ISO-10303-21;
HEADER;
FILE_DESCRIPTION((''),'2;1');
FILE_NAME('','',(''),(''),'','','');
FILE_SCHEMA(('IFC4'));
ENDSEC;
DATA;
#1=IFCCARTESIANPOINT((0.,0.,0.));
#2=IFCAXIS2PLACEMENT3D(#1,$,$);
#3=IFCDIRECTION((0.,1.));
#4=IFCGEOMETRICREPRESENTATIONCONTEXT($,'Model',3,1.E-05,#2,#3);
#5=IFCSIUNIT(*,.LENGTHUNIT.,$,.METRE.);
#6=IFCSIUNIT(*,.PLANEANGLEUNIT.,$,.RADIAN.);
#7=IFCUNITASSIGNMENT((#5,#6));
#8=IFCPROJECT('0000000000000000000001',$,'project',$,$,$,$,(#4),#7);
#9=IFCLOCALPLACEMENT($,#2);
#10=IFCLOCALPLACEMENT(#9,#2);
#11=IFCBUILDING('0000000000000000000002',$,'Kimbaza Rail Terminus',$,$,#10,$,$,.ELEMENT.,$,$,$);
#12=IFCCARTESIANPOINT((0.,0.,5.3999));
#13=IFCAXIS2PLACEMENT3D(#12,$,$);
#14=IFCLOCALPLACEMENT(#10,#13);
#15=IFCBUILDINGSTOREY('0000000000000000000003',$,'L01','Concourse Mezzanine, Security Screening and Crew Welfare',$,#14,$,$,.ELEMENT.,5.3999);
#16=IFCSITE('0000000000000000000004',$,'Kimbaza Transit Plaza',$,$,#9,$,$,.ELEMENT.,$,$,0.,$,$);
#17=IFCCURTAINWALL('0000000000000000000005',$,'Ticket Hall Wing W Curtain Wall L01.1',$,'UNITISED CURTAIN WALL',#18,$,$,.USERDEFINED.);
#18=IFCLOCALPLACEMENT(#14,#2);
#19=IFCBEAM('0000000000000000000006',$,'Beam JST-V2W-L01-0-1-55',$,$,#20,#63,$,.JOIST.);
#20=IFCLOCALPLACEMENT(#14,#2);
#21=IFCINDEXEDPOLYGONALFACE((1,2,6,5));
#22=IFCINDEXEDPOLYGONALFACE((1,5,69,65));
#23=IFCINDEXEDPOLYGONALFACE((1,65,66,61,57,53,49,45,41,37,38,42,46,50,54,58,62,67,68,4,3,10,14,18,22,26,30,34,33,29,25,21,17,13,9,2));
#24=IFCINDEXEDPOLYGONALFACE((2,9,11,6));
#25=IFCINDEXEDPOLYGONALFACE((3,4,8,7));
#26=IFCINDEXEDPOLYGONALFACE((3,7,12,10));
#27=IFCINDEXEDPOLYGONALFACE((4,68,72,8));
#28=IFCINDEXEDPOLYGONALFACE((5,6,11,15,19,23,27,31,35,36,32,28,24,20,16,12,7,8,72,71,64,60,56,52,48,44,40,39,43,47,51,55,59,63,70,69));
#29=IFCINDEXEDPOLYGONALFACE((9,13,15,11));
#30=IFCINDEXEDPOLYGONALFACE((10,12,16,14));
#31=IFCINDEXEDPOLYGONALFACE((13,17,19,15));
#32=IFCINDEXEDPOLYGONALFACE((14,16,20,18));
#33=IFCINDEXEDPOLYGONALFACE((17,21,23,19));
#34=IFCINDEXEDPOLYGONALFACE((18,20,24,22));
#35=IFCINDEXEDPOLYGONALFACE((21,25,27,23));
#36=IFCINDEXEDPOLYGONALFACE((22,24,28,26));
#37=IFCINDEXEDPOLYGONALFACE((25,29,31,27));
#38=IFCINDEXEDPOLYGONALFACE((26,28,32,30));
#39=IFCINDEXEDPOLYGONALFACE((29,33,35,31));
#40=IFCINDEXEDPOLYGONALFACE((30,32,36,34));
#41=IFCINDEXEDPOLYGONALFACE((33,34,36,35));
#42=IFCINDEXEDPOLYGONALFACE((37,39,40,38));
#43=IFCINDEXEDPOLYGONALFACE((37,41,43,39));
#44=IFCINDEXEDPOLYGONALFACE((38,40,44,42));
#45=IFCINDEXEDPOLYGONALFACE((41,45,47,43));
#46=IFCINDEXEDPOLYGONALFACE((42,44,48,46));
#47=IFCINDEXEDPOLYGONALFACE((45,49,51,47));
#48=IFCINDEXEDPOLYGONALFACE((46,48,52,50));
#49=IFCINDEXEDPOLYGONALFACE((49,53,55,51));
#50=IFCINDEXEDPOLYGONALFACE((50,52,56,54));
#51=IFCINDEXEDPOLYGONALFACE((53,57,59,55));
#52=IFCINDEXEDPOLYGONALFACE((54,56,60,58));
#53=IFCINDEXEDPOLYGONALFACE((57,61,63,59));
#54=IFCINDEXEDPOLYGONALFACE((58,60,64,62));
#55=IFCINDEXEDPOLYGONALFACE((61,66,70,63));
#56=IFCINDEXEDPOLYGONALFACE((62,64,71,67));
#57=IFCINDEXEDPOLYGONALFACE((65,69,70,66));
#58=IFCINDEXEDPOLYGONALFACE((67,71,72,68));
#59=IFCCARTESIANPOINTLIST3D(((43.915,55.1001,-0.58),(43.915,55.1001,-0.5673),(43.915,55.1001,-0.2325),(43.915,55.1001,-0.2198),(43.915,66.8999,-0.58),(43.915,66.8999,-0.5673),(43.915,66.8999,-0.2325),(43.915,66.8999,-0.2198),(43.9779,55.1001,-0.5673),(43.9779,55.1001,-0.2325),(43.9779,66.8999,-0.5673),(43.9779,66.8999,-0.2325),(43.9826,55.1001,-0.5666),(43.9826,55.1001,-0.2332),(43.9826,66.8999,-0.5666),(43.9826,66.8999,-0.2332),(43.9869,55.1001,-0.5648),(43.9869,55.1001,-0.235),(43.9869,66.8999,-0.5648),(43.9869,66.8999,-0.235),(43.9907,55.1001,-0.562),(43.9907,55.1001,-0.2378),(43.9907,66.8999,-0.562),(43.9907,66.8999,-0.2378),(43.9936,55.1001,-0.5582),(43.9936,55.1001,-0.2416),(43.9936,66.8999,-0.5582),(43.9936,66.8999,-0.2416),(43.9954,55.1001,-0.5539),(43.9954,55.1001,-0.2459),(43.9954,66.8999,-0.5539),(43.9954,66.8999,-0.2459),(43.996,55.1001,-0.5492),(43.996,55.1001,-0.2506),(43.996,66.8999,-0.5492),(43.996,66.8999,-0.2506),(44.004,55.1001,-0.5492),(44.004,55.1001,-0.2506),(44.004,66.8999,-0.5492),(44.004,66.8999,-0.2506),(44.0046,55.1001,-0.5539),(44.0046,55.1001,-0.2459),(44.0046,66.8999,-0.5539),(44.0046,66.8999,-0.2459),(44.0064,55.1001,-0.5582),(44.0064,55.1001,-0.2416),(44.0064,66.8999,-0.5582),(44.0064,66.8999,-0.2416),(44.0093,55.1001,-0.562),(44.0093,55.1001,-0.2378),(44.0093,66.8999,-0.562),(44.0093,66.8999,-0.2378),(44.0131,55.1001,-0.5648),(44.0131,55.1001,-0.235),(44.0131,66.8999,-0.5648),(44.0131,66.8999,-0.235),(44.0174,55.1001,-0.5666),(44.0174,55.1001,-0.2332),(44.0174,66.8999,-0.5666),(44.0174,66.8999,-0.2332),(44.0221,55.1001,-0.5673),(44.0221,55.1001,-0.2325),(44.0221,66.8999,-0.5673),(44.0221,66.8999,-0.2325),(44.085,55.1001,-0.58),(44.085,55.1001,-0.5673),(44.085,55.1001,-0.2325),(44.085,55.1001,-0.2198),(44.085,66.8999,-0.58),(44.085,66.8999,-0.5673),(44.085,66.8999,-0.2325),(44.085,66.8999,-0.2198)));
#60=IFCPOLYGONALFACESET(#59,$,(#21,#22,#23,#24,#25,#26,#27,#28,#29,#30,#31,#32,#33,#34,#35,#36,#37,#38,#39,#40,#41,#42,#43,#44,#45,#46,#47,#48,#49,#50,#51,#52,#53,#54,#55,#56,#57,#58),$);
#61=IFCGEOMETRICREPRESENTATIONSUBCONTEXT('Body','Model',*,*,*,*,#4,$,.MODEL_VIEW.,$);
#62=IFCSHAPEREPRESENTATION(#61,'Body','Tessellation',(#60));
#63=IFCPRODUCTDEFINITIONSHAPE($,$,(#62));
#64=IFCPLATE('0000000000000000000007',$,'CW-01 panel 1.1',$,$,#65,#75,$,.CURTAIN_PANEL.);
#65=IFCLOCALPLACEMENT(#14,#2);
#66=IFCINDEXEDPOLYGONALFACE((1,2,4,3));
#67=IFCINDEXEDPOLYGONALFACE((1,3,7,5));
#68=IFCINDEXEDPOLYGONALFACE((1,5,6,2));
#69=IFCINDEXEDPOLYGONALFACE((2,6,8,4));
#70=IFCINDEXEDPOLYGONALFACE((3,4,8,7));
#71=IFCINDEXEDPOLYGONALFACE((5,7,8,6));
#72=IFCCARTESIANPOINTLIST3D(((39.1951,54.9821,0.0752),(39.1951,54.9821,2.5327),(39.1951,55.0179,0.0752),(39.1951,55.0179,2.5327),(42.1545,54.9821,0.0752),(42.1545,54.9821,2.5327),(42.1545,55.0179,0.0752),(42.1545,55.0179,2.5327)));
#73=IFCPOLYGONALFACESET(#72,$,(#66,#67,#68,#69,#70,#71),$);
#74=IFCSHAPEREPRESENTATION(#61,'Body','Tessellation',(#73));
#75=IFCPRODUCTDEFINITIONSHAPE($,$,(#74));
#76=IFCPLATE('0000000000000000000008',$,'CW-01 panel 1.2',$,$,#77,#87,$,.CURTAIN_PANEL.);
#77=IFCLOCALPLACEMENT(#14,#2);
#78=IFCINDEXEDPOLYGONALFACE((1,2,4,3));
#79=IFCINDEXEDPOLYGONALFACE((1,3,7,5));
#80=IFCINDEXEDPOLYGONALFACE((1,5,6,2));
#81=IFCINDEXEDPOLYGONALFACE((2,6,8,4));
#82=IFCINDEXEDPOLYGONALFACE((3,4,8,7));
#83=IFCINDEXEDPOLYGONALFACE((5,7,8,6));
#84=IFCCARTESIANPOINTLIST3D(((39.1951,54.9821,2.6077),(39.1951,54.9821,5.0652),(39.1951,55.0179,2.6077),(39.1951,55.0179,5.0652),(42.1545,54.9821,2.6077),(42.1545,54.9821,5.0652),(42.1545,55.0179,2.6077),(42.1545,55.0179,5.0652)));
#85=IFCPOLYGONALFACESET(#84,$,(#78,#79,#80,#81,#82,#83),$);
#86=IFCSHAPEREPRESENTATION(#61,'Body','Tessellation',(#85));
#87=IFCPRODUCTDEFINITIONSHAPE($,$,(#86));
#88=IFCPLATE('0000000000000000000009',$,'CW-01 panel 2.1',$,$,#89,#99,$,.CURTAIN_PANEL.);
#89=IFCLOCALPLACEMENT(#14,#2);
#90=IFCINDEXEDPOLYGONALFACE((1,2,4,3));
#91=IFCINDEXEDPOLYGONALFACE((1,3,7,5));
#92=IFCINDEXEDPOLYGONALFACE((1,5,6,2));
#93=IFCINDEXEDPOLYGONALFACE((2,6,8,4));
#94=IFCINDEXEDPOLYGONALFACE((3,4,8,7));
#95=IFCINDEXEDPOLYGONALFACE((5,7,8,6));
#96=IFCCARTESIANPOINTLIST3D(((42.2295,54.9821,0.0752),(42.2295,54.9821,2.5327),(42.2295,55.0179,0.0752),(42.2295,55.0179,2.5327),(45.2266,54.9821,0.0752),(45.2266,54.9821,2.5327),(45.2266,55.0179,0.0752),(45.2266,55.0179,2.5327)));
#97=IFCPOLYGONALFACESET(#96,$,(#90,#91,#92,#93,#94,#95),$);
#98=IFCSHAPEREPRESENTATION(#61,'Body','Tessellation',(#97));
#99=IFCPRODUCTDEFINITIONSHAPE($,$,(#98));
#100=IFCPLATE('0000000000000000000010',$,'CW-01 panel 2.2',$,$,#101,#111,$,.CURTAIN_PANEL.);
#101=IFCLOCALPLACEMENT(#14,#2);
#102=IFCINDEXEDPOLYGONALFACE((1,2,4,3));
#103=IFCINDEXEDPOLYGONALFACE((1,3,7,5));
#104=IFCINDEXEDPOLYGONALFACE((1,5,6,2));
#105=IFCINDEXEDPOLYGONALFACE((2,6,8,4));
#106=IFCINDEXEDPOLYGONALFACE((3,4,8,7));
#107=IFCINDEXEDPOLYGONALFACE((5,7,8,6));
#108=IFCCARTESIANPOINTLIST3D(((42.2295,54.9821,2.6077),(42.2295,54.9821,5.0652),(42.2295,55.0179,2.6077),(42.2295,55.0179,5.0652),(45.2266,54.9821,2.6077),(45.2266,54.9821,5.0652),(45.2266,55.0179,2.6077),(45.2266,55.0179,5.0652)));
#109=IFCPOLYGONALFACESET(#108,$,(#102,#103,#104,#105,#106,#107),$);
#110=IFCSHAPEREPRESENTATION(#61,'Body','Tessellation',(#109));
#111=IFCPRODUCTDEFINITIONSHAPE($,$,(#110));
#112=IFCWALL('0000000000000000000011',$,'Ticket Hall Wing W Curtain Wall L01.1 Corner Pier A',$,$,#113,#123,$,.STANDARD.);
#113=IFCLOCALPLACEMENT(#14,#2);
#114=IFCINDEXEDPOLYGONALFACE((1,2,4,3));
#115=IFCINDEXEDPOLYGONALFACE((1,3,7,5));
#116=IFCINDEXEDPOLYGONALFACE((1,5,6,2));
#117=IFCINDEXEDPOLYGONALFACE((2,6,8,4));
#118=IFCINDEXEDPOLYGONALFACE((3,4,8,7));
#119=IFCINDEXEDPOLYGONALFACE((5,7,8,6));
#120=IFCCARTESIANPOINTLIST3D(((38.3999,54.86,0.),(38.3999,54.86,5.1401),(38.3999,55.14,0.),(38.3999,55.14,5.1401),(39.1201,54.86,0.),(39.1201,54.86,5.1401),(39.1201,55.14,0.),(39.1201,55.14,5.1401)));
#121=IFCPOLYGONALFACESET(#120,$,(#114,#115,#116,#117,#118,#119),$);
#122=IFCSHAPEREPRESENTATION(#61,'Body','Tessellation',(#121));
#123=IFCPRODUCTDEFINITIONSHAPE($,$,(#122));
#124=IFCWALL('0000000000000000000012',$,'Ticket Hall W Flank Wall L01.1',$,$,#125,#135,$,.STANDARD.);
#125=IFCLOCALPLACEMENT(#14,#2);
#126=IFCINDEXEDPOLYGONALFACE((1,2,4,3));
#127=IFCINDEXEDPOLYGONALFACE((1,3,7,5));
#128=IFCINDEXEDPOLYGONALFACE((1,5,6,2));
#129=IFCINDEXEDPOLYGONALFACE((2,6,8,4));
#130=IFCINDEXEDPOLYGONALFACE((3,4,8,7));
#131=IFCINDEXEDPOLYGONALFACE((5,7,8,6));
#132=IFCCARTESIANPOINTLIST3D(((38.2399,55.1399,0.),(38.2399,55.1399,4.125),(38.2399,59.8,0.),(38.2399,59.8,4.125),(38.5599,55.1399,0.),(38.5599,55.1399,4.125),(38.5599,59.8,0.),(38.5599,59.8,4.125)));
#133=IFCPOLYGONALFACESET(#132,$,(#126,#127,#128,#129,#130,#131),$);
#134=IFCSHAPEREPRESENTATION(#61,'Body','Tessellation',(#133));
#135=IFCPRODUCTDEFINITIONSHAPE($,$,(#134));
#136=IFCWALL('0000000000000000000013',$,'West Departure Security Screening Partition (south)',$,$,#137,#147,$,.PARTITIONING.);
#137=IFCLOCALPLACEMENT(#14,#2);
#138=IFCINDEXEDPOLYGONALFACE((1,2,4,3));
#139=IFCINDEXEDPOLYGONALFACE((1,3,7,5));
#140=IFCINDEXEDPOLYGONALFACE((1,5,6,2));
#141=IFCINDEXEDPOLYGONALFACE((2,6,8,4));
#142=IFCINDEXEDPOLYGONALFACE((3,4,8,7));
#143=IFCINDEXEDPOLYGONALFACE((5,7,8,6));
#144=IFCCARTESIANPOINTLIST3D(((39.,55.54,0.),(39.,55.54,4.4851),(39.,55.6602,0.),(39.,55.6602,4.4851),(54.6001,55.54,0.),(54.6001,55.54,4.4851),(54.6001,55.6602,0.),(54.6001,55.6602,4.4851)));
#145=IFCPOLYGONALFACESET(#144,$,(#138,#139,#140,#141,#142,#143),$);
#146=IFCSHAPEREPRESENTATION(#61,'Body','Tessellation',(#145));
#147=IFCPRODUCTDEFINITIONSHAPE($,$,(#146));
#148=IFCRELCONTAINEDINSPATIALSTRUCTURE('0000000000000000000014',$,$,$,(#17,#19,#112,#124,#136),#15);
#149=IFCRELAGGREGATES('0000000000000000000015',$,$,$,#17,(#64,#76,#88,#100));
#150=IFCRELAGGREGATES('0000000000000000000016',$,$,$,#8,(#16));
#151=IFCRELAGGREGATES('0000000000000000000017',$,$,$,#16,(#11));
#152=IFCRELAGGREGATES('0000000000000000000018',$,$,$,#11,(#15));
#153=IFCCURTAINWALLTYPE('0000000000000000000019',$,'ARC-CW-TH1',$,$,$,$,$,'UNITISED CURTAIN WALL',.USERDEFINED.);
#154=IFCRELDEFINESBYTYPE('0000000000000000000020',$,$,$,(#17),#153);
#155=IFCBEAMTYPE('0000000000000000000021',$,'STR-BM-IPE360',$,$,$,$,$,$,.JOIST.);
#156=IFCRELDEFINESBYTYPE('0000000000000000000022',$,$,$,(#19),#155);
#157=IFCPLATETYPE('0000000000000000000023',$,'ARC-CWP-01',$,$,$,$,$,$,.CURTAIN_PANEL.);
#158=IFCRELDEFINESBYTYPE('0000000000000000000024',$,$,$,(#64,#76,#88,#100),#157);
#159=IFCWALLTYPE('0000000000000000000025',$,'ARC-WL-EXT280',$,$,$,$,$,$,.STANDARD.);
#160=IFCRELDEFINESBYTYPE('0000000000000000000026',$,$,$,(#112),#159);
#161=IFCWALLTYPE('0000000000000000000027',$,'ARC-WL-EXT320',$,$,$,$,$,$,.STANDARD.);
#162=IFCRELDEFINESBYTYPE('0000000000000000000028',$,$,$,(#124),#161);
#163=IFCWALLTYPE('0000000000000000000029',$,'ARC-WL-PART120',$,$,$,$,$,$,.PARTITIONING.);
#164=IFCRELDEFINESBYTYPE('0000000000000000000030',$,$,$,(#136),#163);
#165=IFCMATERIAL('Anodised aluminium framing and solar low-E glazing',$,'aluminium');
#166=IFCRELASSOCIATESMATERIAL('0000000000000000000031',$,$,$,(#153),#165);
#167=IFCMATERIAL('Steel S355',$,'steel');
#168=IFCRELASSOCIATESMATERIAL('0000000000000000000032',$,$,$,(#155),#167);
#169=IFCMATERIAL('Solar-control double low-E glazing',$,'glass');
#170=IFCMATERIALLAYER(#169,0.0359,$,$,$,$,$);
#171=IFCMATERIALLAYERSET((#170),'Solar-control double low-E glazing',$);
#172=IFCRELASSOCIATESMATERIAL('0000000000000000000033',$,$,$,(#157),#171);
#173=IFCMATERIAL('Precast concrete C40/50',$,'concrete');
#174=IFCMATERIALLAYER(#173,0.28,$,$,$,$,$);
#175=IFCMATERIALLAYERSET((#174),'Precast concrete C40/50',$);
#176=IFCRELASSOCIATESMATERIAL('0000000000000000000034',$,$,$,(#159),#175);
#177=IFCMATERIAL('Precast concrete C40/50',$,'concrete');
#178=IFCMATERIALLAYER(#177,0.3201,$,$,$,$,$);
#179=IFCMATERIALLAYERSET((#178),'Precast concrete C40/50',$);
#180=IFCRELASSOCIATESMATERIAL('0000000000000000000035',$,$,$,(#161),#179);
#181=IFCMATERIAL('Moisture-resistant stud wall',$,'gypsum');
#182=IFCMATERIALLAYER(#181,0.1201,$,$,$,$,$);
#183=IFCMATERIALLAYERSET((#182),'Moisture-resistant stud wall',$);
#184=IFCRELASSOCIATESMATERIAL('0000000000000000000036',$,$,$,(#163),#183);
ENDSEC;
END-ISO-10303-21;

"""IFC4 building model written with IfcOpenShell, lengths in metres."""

from ifc_helpers import new_model, si_unit, direction, frame, frame_2d, origin, origin_2d, place, context, subcontext, project, spatial, rectangle, i_section, extrude, material, layer, layer_set, material_profile, profile_set, type_object, element, aggregate, save


model = new_model("IFC4")

# Units and contexts
model_context = context("Model", 3, precision=1e-05, world=origin(), true_north=direction((0.0, 1.0)))
body_context = subcontext(model_context, "Body", "Model", "MODEL_VIEW")
ifc_project = project(units=[si_unit("LENGTHUNIT", "METRE"), si_unit("PLANEANGLEUNIT", "RADIAN")], contexts=[model_context])

# Site, building, storey
site_placement = place(None, origin())
site = spatial("IfcSite", under=ifc_project, at=site_placement, Name="Kimbaza Transit Plaza", CompositionType="ELEMENT", RefElevation=0.0)
building_placement = place(site_placement, origin())
building = spatial("IfcBuilding", under=site, at=building_placement, Name="Kimbaza Rail Terminus", CompositionType="ELEMENT")
storey_placement = place(building_placement, frame((0.0, 0.0, 5.3999)))
storey = spatial("IfcBuildingStorey", under=building, at=storey_placement, Name="L01", Description="Concourse Mezzanine, Security Screening and Crew Welfare", CompositionType="ELEMENT", Elevation=5.3999)

# Curtain wall
ifc_material_1 = material(Name="Anodised aluminium framing and solar low-E glazing", Category="aluminium")
curtain_wall_type = type_object("IfcCurtainWallType", Name="ARC-CW-TH1", ElementType="UNITISED CURTAIN WALL", PredefinedType="USERDEFINED", material=ifc_material_1)
curtain_wall_1_placement = place(storey_placement, origin())
curtain_wall_1 = element("IfcCurtainWall", 1, at=curtain_wall_1_placement, inside=storey, type_object=curtain_wall_type, Name="Ticket Hall Wing W Curtain Wall L01.1", ObjectType="UNITISED CURTAIN WALL", PredefinedType="USERDEFINED")

# Beam
ifc_material_2 = material(Name="Steel S355", Category="steel")
ifc_material_profile_1 = material_profile(ifc_material_2, i_section(OverallWidth=0.1699, OverallDepth=0.3601, WebThickness=0.0081, FlangeThickness=0.0127, FilletRadius=0.0181, at=origin_2d()), Name="IPE 360")
ifc_profile_set_1 = profile_set([ifc_material_profile_1], Name="Steel S355")
beam_type_1 = type_object("IfcBeamType", Name="STR-BM-IPE360", PredefinedType="JOIST", material=ifc_profile_set_1)
beam_1_placement = place(storey_placement, frame((44.0, 55.1001, -0.3999), z_axis=(0.0, 1.0, 0.0), x_axis=(-1.0, 0.0, 0.0)))
element("IfcBeam", 2, at=beam_1_placement, inside=storey, type_object=beam_type_1, Name="Beam JST-V2W-L01-0-1-55", PredefinedType="JOIST", context=body_context, shape_type="SweptSolid", body=[
    extrude(i_section(OverallWidth=0.1699, OverallDepth=0.3601, WebThickness=0.0081, FlangeThickness=0.0127, FilletRadius=0.0181, at=origin_2d()), origin(), (0.0, 0.0, 1.0), 11.7998),
])

# Plates
ifc_material_3 = material(Name="Solar-control double low-E glazing", Category="glass")
ifc_layer_1 = layer(ifc_material_3, 0.0359)
ifc_layer_set_1 = layer_set([ifc_layer_1], Name="Solar-control double low-E glazing")
plate_type = type_object("IfcPlateType", Name="ARC-CWP-01", PredefinedType="CURTAIN_PANEL", material=ifc_layer_set_1)
plate_1_placement = place(storey_placement, frame((40.6748, 55.0, 0.0752), z_axis=(0.0, 0.0, 1.0), x_axis=(1.0, 0.0, 0.0)))
plate_1 = element("IfcPlate", 3, at=plate_1_placement, type_object=plate_type, Name="CW-01 panel 1.1", PredefinedType="CURTAIN_PANEL", context=body_context, shape_type="SweptSolid", body=[
    extrude(rectangle(XDim=2.9595, YDim=0.0359, at=origin_2d()), origin(), (0.0, 0.0, 1.0), 2.4575),
])
plate_2_placement = place(storey_placement, frame((40.6748, 55.0, 2.6077), z_axis=(0.0, 0.0, 1.0), x_axis=(1.0, 0.0, 0.0)))
plate_2 = element("IfcPlate", 4, at=plate_2_placement, type_object=plate_type, Name="CW-01 panel 1.2", PredefinedType="CURTAIN_PANEL", context=body_context, shape_type="SweptSolid", body=[
    extrude(rectangle(XDim=2.9595, YDim=0.0359, at=origin_2d()), origin(), (0.0, 0.0, 1.0), 2.4575),
])
plate_3_placement = place(storey_placement, frame((43.728, 55.0, 0.0752), z_axis=(0.0, 0.0, 1.0), x_axis=(1.0, 0.0, 0.0)))
plate_3 = element("IfcPlate", 5, at=plate_3_placement, type_object=plate_type, Name="CW-01 panel 2.1", PredefinedType="CURTAIN_PANEL", context=body_context, shape_type="SweptSolid", body=[
    extrude(rectangle(XDim=2.9971, YDim=0.0359, at=origin_2d()), origin(), (0.0, 0.0, 1.0), 2.4575),
])
plate_4_placement = place(storey_placement, frame((43.728, 55.0, 2.6077), z_axis=(0.0, 0.0, 1.0), x_axis=(1.0, 0.0, 0.0)))
plate_4 = element("IfcPlate", 6, at=plate_4_placement, type_object=plate_type, Name="CW-01 panel 2.2", PredefinedType="CURTAIN_PANEL", context=body_context, shape_type="SweptSolid", body=[
    extrude(rectangle(XDim=2.9971, YDim=0.0359, at=origin_2d()), origin(), (0.0, 0.0, 1.0), 2.4575),
])
aggregate(curtain_wall_1, [plate_1, plate_2, plate_3, plate_4])

# Walls
ifc_material_4 = material(Name="Precast concrete C40/50", Category="concrete")
ifc_layer_2 = layer(ifc_material_4, 0.28)
ifc_layer_set_2 = layer_set([ifc_layer_2], Name="Precast concrete C40/50")
wall_type_1 = type_object("IfcWallType", Name="ARC-WL-EXT280", PredefinedType="STANDARD", material=ifc_layer_set_2)
wall_1_placement = place(storey_placement, frame((38.3999, 55.0, 0.0), z_axis=(0.0, 0.0, 1.0), x_axis=(1.0, 0.0, 0.0)))
element("IfcWall", 7, at=wall_1_placement, inside=storey, type_object=wall_type_1, Name="Ticket Hall Wing W Curtain Wall L01.1 Corner Pier A", PredefinedType="STANDARD", context=body_context, shape_type="SweptSolid", body=[
    extrude(rectangle(XDim=0.7202, YDim=0.28, at=frame_2d((0.3601, 0.0))), origin(), (0.0, 0.0, 1.0), 5.1401),
])
ifc_material_5 = material(Name="Precast concrete C40/50", Category="concrete")
ifc_layer_3 = layer(ifc_material_5, 0.3201)
ifc_layer_set_3 = layer_set([ifc_layer_3], Name="Precast concrete C40/50")
wall_type_2 = type_object("IfcWallType", Name="ARC-WL-EXT320", PredefinedType="STANDARD", material=ifc_layer_set_3)
wall_2_placement = place(storey_placement, frame((38.3999, 55.1399, 0.0), z_axis=(0.0, 0.0, 1.0), x_axis=(0.0, 1.0, 0.0)))
element("IfcWall", 8, at=wall_2_placement, inside=storey, type_object=wall_type_2, Name="Ticket Hall W Flank Wall L01.1", PredefinedType="STANDARD", context=body_context, shape_type="SweptSolid", body=[
    extrude(rectangle(XDim=4.6602, YDim=0.3201, at=frame_2d((2.3301, 0.0))), origin(), (0.0, 0.0, 1.0), 4.125),
])
ifc_material_6 = material(Name="Moisture-resistant stud wall", Category="gypsum")
ifc_layer_4 = layer(ifc_material_6, 0.1201)
ifc_layer_set_4 = layer_set([ifc_layer_4], Name="Moisture-resistant stud wall")
wall_type_3 = type_object("IfcWallType", Name="ARC-WL-PART120", PredefinedType="PARTITIONING", material=ifc_layer_set_4)
wall_3_placement = place(storey_placement, frame((39.0, 55.6001, 0.0), z_axis=(0.0, 0.0, 1.0), x_axis=(1.0, 0.0, 0.0)))
element("IfcWall", 9, at=wall_3_placement, inside=storey, type_object=wall_type_3, Name="West Departure Security Screening Partition (south)", PredefinedType="PARTITIONING", context=body_context, shape_type="SweptSolid", body=[
    extrude(rectangle(XDim=15.6001, YDim=0.1201, at=frame_2d((7.8, 0.0))), origin(), (0.0, 0.0, 1.0), 4.4851),
])

save(model, "model.ifc")
